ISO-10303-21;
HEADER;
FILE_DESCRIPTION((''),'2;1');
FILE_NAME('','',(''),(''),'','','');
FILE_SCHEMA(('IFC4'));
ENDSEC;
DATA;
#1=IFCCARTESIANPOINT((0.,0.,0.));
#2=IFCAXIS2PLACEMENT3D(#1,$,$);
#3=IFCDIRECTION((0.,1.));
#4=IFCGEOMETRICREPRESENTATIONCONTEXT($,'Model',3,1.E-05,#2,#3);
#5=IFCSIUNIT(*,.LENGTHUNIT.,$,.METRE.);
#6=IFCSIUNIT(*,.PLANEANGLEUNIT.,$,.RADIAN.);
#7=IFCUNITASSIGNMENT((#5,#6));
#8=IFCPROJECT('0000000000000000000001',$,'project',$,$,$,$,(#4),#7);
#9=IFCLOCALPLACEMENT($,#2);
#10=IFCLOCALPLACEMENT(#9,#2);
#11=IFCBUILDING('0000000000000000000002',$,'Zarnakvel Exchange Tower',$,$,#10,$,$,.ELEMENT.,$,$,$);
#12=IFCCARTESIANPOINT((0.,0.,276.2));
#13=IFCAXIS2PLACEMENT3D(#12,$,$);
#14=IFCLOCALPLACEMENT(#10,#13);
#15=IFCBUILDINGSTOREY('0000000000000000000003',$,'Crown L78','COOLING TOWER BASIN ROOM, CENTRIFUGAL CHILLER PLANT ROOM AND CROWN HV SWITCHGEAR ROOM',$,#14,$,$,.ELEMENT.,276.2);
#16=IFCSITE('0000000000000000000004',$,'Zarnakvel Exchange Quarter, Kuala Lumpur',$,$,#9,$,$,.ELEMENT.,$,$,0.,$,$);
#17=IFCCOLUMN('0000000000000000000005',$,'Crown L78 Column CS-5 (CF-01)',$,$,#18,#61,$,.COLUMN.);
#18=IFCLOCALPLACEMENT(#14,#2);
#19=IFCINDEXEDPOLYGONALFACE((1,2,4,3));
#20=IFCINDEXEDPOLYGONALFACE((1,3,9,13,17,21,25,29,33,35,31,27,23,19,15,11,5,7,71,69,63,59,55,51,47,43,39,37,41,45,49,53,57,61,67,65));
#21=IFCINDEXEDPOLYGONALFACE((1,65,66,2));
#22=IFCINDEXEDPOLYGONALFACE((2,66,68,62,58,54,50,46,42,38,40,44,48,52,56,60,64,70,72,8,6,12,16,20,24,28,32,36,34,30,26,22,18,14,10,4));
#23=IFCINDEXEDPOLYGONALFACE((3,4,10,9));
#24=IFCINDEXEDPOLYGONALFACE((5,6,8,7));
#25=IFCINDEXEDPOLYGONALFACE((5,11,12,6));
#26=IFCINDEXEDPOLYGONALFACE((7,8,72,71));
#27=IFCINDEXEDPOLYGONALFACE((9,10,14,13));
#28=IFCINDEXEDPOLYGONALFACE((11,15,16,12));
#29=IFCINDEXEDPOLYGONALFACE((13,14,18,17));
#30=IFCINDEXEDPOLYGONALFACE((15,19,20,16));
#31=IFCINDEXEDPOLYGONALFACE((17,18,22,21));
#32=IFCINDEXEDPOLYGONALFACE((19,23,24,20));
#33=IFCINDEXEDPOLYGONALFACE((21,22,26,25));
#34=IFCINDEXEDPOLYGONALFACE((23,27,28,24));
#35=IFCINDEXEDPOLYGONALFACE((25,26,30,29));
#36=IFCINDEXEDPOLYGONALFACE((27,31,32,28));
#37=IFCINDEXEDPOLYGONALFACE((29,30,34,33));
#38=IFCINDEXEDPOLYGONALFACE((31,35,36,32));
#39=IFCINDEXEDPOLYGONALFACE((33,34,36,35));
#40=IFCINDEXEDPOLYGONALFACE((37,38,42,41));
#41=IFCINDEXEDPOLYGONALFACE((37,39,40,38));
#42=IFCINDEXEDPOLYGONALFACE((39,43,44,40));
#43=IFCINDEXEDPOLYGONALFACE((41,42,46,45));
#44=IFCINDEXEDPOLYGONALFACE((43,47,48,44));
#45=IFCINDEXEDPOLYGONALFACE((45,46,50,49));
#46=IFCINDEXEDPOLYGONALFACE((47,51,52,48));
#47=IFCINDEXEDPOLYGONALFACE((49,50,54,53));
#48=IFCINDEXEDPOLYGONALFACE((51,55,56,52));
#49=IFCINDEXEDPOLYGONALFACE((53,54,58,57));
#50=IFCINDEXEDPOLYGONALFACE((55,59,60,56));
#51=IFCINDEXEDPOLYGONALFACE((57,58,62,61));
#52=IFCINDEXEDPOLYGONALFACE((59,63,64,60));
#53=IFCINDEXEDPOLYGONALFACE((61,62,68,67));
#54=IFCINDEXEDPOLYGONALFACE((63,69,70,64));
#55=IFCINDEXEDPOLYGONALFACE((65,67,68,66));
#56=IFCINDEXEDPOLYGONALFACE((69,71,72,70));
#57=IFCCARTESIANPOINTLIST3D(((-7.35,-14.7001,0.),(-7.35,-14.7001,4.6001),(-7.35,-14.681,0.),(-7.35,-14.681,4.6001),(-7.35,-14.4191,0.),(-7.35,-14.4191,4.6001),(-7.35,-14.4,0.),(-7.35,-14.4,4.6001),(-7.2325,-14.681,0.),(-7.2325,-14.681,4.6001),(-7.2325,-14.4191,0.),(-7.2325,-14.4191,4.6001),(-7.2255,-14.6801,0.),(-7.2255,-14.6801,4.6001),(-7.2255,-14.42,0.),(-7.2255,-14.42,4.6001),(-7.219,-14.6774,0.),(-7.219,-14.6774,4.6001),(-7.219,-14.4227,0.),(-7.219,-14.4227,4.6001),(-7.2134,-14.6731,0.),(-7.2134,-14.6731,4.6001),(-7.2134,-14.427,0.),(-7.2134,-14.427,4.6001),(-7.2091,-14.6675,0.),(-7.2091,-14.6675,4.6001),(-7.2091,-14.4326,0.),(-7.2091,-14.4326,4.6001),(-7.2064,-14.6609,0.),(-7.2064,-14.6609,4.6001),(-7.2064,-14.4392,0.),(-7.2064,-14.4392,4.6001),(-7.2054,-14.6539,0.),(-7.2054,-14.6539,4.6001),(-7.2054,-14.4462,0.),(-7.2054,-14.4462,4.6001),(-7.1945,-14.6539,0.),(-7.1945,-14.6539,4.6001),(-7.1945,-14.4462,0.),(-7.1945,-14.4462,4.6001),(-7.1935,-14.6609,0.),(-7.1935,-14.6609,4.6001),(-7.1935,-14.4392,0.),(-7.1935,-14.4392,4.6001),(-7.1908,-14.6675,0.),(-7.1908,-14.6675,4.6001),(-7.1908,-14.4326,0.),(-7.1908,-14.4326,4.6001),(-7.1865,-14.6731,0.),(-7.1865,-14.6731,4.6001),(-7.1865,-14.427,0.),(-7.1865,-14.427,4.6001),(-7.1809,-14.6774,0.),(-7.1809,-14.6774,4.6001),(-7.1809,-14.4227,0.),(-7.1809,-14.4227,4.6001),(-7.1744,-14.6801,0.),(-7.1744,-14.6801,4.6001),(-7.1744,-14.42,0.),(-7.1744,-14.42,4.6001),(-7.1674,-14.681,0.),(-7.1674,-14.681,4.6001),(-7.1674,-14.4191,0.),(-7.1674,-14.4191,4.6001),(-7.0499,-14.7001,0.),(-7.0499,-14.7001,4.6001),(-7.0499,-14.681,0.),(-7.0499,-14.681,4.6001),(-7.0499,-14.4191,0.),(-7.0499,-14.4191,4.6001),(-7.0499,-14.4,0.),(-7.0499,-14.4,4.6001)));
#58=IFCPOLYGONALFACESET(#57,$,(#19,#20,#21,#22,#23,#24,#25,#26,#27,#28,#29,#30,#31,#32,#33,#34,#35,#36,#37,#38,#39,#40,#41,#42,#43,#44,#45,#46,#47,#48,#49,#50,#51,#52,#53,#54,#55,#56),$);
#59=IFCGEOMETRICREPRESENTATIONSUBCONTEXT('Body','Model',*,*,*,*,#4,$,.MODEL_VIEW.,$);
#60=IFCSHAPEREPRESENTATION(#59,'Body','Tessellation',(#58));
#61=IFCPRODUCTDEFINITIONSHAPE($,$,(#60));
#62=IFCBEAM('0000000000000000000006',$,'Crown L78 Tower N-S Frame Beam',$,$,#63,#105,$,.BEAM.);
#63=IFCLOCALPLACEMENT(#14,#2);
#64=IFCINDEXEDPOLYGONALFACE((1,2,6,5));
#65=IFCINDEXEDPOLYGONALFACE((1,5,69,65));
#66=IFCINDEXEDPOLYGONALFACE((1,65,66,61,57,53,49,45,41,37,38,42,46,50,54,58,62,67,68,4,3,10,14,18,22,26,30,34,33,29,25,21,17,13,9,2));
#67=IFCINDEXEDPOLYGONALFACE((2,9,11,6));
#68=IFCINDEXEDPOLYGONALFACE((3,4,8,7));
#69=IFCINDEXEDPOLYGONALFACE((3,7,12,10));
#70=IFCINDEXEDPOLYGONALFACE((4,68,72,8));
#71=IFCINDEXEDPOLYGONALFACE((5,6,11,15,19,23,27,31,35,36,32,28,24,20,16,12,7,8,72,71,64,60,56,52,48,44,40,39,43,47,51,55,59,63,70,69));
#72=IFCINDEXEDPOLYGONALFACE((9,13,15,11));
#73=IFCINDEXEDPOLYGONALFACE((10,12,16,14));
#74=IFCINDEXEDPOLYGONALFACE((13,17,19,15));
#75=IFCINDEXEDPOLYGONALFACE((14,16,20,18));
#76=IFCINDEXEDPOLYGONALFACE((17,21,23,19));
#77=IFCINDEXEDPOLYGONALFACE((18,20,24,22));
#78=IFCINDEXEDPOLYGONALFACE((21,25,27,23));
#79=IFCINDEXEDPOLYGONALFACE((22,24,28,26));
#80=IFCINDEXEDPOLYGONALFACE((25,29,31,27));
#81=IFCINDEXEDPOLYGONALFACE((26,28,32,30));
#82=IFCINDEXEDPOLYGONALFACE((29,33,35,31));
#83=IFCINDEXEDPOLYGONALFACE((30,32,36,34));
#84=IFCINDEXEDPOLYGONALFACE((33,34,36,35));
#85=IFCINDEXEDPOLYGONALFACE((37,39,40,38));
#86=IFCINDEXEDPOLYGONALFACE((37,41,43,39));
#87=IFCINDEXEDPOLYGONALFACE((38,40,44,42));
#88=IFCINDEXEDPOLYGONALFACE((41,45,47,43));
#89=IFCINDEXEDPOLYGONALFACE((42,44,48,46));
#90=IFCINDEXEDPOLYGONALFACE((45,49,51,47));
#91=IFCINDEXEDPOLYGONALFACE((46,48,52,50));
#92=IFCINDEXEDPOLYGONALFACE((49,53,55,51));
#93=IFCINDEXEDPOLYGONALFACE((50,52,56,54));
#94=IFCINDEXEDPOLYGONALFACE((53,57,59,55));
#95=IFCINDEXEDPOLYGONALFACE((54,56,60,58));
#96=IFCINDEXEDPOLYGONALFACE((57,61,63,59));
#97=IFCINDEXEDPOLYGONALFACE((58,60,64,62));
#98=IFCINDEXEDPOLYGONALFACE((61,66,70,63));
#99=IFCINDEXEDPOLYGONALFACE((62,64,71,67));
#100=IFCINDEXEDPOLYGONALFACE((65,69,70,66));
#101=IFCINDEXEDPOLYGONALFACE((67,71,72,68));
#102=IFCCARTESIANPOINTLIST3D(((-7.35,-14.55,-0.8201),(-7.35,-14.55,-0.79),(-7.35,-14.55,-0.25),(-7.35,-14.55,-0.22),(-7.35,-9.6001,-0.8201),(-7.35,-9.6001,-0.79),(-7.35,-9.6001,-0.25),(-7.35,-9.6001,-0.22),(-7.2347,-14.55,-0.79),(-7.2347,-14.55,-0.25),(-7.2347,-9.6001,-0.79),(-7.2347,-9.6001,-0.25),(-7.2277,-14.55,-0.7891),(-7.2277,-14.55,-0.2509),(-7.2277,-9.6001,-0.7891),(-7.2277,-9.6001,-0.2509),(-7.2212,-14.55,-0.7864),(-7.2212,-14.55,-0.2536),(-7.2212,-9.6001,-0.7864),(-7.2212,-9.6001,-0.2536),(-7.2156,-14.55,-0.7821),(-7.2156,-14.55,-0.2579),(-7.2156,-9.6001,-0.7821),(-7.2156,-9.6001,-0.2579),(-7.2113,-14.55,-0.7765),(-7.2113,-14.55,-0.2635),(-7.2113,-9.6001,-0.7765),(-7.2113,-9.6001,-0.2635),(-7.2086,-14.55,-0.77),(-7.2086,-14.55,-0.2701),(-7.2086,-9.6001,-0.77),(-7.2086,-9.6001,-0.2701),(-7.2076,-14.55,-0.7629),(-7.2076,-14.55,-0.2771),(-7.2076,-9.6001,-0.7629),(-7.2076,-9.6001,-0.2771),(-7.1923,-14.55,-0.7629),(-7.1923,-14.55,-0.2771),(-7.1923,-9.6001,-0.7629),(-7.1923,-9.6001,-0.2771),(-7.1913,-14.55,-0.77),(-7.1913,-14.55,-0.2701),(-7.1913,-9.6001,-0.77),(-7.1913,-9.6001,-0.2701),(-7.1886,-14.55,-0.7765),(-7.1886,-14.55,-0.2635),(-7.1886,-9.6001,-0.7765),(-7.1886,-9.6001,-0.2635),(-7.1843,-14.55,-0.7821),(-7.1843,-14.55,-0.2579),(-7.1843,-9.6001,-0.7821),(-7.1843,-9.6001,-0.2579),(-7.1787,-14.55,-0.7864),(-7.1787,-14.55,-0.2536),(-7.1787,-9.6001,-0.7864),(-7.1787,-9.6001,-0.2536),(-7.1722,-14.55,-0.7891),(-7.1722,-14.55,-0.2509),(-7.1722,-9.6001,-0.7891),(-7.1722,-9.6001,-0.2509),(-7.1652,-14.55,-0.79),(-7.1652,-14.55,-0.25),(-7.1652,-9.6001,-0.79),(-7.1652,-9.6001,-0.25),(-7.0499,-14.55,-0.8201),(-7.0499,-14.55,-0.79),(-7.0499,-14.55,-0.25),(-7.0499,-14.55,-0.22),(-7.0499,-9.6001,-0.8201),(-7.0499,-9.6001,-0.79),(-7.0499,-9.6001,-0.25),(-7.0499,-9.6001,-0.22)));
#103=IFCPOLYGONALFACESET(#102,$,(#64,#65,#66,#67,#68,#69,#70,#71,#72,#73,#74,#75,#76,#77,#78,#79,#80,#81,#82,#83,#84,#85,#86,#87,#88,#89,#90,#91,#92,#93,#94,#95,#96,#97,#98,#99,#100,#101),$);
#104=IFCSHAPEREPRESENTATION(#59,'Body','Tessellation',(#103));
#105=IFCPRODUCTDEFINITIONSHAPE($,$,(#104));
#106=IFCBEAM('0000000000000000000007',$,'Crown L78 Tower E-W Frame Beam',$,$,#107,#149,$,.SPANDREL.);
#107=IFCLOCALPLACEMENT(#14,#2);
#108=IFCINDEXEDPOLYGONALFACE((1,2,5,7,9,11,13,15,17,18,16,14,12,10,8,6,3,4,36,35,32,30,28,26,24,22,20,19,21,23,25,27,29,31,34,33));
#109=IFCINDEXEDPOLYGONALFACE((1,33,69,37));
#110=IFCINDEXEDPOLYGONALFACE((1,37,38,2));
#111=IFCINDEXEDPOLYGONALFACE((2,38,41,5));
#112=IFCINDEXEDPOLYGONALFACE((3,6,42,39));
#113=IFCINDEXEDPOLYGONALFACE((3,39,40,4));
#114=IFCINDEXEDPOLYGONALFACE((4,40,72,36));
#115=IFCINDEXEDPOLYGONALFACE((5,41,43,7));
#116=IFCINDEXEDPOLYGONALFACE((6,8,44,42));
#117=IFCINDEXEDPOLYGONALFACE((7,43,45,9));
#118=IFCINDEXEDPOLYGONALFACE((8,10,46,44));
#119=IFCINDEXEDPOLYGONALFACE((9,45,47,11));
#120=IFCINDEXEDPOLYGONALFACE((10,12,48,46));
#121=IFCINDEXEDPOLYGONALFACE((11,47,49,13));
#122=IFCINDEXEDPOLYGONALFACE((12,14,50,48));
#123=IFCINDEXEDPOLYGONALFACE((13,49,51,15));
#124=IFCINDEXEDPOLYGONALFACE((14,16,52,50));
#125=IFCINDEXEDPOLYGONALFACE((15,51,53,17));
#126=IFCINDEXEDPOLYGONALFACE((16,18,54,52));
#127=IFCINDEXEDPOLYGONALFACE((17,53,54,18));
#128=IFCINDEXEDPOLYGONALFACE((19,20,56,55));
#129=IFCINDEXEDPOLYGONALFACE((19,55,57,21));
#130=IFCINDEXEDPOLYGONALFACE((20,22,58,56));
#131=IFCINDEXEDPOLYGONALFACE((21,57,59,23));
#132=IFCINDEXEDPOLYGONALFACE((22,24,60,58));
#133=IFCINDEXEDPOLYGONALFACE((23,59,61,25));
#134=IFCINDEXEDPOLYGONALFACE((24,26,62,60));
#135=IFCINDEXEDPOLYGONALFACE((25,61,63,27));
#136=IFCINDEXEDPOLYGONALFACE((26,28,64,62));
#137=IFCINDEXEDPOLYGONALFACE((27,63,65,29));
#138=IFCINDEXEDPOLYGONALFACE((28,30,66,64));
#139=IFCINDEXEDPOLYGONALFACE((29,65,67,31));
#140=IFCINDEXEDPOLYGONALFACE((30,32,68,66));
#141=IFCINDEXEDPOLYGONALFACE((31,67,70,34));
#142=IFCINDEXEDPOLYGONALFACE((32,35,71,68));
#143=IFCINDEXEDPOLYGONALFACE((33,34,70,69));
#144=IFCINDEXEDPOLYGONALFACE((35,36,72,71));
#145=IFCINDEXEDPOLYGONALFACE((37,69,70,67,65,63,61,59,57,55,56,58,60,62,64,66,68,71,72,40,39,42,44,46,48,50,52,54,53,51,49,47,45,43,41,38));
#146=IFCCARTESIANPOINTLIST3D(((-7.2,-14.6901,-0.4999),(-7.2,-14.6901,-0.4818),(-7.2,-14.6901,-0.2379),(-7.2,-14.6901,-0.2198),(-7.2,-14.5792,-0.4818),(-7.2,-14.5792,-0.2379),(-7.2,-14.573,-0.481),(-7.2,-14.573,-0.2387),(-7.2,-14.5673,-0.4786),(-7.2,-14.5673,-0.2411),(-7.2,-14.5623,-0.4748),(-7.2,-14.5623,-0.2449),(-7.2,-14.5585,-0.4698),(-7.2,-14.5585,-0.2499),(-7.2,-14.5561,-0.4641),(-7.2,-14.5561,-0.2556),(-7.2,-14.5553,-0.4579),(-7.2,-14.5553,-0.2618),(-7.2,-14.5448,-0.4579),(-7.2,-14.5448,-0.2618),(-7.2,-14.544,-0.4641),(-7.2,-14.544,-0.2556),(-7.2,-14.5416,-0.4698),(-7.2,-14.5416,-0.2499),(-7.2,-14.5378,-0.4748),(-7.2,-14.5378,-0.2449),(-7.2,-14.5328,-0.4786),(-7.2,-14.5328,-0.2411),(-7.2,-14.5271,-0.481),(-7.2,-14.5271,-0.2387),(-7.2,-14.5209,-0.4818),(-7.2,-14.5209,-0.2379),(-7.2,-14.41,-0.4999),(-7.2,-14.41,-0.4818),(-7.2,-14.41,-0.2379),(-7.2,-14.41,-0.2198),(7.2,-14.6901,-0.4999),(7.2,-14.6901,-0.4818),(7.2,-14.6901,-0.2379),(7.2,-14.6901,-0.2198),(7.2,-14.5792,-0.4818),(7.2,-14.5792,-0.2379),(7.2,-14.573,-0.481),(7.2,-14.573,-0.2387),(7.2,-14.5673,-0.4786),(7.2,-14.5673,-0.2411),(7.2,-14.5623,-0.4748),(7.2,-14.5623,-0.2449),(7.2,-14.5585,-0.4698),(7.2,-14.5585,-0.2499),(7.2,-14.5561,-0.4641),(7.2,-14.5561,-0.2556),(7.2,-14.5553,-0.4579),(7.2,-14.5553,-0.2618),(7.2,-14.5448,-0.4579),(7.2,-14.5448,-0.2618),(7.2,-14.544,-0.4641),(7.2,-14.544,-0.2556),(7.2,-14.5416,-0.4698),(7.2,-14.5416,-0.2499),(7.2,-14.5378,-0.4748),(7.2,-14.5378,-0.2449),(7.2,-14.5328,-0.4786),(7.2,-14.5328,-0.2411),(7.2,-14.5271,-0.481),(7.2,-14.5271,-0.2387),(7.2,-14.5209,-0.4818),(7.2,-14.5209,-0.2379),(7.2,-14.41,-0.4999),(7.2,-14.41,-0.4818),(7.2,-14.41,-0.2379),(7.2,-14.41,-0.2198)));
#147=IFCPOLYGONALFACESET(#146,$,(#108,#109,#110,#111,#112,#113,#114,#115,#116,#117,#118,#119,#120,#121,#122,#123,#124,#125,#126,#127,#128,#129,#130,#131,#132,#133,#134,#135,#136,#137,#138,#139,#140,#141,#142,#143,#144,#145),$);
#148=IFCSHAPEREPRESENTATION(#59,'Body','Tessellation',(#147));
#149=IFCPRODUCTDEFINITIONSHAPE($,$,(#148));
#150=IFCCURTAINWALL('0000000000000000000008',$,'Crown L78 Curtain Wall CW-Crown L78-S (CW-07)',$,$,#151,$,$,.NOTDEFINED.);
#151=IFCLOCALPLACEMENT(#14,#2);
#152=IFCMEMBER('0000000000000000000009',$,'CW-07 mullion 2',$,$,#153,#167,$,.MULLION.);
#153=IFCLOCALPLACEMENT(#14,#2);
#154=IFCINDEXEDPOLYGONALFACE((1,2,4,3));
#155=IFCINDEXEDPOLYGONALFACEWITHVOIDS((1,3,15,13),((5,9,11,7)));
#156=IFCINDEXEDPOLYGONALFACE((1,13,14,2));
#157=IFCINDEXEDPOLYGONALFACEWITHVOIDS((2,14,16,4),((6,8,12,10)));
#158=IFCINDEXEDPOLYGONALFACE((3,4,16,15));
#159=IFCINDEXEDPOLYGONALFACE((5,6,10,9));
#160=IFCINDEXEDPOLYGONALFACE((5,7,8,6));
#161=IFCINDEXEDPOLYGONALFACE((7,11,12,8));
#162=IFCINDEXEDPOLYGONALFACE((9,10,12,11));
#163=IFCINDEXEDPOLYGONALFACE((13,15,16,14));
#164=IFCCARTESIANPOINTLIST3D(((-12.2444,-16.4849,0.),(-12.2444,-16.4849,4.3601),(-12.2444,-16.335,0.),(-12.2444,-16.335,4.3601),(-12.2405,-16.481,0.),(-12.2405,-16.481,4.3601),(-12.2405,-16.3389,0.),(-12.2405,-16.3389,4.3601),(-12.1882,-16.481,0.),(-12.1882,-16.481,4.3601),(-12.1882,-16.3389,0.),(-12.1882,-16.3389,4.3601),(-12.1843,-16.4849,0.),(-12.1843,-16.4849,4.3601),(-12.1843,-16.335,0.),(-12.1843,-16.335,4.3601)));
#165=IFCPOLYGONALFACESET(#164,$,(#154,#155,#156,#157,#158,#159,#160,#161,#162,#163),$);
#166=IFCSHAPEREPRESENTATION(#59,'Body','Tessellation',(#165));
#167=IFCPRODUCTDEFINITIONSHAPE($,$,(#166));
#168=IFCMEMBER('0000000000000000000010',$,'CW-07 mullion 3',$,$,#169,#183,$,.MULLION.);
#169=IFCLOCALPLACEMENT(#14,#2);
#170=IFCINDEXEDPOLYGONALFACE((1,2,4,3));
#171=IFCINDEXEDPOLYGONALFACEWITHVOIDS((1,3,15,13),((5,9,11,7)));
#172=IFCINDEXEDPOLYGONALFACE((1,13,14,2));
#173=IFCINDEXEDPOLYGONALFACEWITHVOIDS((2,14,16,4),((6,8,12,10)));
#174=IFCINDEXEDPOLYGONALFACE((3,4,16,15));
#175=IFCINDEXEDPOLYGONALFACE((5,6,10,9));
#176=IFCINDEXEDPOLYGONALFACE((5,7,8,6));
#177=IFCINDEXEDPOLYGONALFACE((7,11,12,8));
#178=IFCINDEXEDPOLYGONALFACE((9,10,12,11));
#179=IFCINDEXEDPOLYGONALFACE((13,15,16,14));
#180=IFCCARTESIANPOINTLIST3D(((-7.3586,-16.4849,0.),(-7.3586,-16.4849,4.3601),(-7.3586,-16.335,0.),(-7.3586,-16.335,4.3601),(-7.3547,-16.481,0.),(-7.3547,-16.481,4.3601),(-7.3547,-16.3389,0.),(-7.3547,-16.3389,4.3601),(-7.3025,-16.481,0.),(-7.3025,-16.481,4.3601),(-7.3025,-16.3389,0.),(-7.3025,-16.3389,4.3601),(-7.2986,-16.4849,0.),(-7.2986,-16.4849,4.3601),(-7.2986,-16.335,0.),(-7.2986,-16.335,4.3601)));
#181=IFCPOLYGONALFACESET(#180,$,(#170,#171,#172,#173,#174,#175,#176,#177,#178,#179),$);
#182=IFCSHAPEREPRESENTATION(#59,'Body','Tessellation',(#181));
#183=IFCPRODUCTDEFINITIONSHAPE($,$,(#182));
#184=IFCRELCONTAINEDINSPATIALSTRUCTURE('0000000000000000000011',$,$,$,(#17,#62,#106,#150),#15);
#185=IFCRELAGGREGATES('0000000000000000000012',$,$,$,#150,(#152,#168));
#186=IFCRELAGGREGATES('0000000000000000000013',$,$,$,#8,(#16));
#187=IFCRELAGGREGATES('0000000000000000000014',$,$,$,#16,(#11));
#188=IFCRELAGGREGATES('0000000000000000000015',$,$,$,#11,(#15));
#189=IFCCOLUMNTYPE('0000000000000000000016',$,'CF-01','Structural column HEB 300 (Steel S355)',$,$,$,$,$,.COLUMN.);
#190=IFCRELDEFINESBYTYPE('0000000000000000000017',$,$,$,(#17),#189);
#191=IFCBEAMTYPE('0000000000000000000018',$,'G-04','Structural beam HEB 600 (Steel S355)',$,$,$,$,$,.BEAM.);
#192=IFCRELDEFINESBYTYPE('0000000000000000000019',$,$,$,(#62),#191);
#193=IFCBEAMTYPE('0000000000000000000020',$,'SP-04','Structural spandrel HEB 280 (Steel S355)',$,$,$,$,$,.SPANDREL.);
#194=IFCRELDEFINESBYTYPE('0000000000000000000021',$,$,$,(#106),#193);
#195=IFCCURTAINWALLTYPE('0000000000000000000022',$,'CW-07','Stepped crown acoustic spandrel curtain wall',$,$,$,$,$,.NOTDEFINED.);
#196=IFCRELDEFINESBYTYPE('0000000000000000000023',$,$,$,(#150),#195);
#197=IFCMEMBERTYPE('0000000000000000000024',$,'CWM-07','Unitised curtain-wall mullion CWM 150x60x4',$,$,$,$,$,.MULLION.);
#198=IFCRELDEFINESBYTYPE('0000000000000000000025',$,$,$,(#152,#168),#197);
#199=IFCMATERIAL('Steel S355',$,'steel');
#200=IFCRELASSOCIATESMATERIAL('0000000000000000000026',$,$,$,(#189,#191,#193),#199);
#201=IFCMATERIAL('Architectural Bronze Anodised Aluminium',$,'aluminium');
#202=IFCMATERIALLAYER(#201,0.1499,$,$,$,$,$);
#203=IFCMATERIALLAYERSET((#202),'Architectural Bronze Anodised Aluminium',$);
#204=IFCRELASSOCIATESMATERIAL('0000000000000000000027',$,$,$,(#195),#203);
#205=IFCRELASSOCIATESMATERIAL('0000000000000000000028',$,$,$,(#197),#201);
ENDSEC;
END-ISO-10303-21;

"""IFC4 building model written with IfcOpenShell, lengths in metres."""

from ifc_helpers import new_model, si_unit, direction, frame, origin, origin_2d, place, context, subcontext, project, spatial, hollow_rectangle, i_section, extrude, source, transform, mapped, material, layer, layer_set, material_profile, profile_set, type_object, element, aggregate, save


model = new_model("IFC4")

# Units and contexts
model_context = context("Model", 3, precision=1e-05, world=origin(), true_north=direction((0.0, 1.0)))
body_context = subcontext(model_context, "Body", "Model", "MODEL_VIEW")
ifc_project = project(units=[si_unit("LENGTHUNIT", "METRE"), si_unit("PLANEANGLEUNIT", "RADIAN")], contexts=[model_context])

# Site, building, storey
site_placement = place(None, origin())
site = spatial("IfcSite", under=ifc_project, at=site_placement, Name="Zarnakvel Exchange Quarter, Kuala Lumpur", CompositionType="ELEMENT", RefElevation=0.0)
building_placement = place(site_placement, origin())
building = spatial("IfcBuilding", under=site, at=building_placement, Name="Zarnakvel Exchange Tower", CompositionType="ELEMENT")
storey_placement = place(building_placement, frame((0.0, 0.0, 276.2)))
storey = spatial("IfcBuildingStorey", under=building, at=storey_placement, Name="Crown L78", Description="COOLING TOWER BASIN ROOM, CENTRIFUGAL CHILLER PLANT ROOM AND CROWN HV SWITCHGEAR ROOM", CompositionType="ELEMENT", Elevation=276.2)

# Column
ifc_material_1 = material(Name="Steel S355", Category="steel")
ifc_material_profile_1 = material_profile(ifc_material_1, i_section(OverallWidth=0.3, OverallDepth=0.3, WebThickness=0.011, FlangeThickness=0.019, FilletRadius=0.0271, at=origin_2d()))
ifc_profile_set_1 = profile_set([ifc_material_profile_1], Name="Steel S355")
column_type = type_object("IfcColumnType", Name="CF-01", Description="Structural column HEB 300 (Steel S355)", PredefinedType="COLUMN", material=ifc_profile_set_1)
column_placement = place(storey_placement, frame((-7.2, -14.55, 0.0), z_axis=(0.0, 0.0, 1.0), x_axis=(1.0, 0.0, 0.0)))
element("IfcColumn", 1, at=column_placement, inside=storey, type_object=column_type, Name="Crown L78 Column CS-5 (CF-01)", PredefinedType="COLUMN", context=body_context, shape_type="SweptSolid", body=[
    extrude(i_section(OverallWidth=0.3, OverallDepth=0.3, WebThickness=0.011, FlangeThickness=0.019, FilletRadius=0.0271, at=origin_2d()), origin(), (0.0, 0.0, 1.0), 4.6001),
])

# Beams
ifc_material_profile_2 = material_profile(ifc_material_1, i_section(OverallWidth=0.3, OverallDepth=0.6001, WebThickness=0.0154, FlangeThickness=0.03, FilletRadius=0.0271, at=origin_2d()))
ifc_profile_set_2 = profile_set([ifc_material_profile_2], Name="Steel S355")
beam_type_1 = type_object("IfcBeamType", Name="G-04", Description="Structural beam HEB 600 (Steel S355)", PredefinedType="BEAM", material=ifc_profile_set_2)
beam_1_placement = place(storey_placement, frame((-7.2, -14.55, -0.52), z_axis=(0.0, 1.0, 0.0), x_axis=(-1.0, 0.0, 0.0)))
element("IfcBeam", 2, at=beam_1_placement, inside=storey, type_object=beam_type_1, Name="Crown L78 Tower N-S Frame Beam", PredefinedType="BEAM", context=body_context, shape_type="SweptSolid", body=[
    extrude(i_section(OverallWidth=0.3, OverallDepth=0.6001, WebThickness=0.0154, FlangeThickness=0.03, FilletRadius=0.0271, at=origin_2d()), origin(), (0.0, 0.0, 1.0), 4.95),
])
ifc_material_profile_3 = material_profile(ifc_material_1, i_section(OverallWidth=0.28, OverallDepth=0.28, WebThickness=0.0105, FlangeThickness=0.0181, FilletRadius=0.0239, at=origin_2d()))
ifc_profile_set_3 = profile_set([ifc_material_profile_3], Name="Steel S355")
beam_type_2 = type_object("IfcBeamType", Name="SP-04", Description="Structural spandrel HEB 280 (Steel S355)", PredefinedType="SPANDREL", material=ifc_profile_set_3)
beam_2_placement = place(storey_placement, frame((-7.2, -14.55, -0.3599), z_axis=(1.0, 0.0, 0.0), x_axis=(0.0, 1.0, 0.0)))
element("IfcBeam", 3, at=beam_2_placement, inside=storey, type_object=beam_type_2, Name="Crown L78 Tower E-W Frame Beam", PredefinedType="SPANDREL", context=body_context, shape_type="SweptSolid", body=[
    extrude(i_section(OverallWidth=0.28, OverallDepth=0.28, WebThickness=0.0105, FlangeThickness=0.0181, FilletRadius=0.0239, at=origin_2d()), origin(), (0.0, 0.0, 1.0), 14.3999),
])

# Curtain wall, members
ifc_material_2 = material(Name="Architectural Bronze Anodised Aluminium", Category="aluminium")
ifc_layer_1 = layer(ifc_material_2, 0.1499)
ifc_layer_set_1 = layer_set([ifc_layer_1], Name="Architectural Bronze Anodised Aluminium")
curtain_wall_type = type_object("IfcCurtainWallType", Name="CW-07", Description="Stepped crown acoustic spandrel curtain wall", PredefinedType="NOTDEFINED", material=ifc_layer_set_1)
curtain_wall_placement = place(storey_placement, origin())
curtain_wall = element("IfcCurtainWall", 4, at=curtain_wall_placement, inside=storey, type_object=curtain_wall_type, Name="Crown L78 Curtain Wall CW-Crown L78-S (CW-07)", PredefinedType="NOTDEFINED")
ifc_material_profile_4 = material_profile(ifc_material_2, hollow_rectangle(XDim=0.1499, YDim=0.0601, WallThickness=0.0039, at=origin_2d()))
ifc_profile_set_4 = profile_set([ifc_material_profile_4], Name="Architectural Bronze Anodised Aluminium")
member_type_1 = type_object("IfcMemberType", Name="CWM-07", Description="Unitised curtain-wall mullion CWM 150x60x4", PredefinedType="MULLION", material=ifc_profile_set_4)
shared_shape_1 = source(origin(), body_context, "Body", "SweptSolid", [
    extrude(hollow_rectangle(XDim=0.1499, YDim=0.0601, WallThickness=0.0039, at=origin_2d()), origin(), (0.0, 0.0, 1.0), 4.3601),
])
member_1_placement = place(storey_placement, frame((-12.2144, -16.4099, 0.0), z_axis=(0.0, 0.0, 1.0), x_axis=(0.0, 1.0, 0.0)))
member_1 = element("IfcMember", 5, at=member_1_placement, type_object=member_type_1, Name="CW-07 mullion 2", PredefinedType="MULLION", context=body_context, shape_type="MappedRepresentation", body=[
    mapped(shared_shape_1, transform((0.0, 0.0, 0.0), x_axis=(1.0, 0.0, 0.0), y_axis=(0.0, 1.0, 0.0), z_axis=(0.0, 0.0, 1.0), scale=1.0)),
])
member_2_placement = place(storey_placement, frame((-7.3286, -16.4099, 0.0), z_axis=(0.0, 0.0, 1.0), x_axis=(0.0, 1.0, 0.0)))
member_2 = element("IfcMember", 6, at=member_2_placement, type_object=member_type_1, Name="CW-07 mullion 3", PredefinedType="MULLION", context=body_context, shape_type="MappedRepresentation", body=[
    mapped(shared_shape_1, transform((0.0, 0.0, 0.0), x_axis=(1.0, 0.0, 0.0), y_axis=(0.0, 1.0, 0.0), z_axis=(0.0, 0.0, 1.0), scale=1.0)),
])
aggregate(curtain_wall, [member_1, member_2])

save(model, "model.ifc")
